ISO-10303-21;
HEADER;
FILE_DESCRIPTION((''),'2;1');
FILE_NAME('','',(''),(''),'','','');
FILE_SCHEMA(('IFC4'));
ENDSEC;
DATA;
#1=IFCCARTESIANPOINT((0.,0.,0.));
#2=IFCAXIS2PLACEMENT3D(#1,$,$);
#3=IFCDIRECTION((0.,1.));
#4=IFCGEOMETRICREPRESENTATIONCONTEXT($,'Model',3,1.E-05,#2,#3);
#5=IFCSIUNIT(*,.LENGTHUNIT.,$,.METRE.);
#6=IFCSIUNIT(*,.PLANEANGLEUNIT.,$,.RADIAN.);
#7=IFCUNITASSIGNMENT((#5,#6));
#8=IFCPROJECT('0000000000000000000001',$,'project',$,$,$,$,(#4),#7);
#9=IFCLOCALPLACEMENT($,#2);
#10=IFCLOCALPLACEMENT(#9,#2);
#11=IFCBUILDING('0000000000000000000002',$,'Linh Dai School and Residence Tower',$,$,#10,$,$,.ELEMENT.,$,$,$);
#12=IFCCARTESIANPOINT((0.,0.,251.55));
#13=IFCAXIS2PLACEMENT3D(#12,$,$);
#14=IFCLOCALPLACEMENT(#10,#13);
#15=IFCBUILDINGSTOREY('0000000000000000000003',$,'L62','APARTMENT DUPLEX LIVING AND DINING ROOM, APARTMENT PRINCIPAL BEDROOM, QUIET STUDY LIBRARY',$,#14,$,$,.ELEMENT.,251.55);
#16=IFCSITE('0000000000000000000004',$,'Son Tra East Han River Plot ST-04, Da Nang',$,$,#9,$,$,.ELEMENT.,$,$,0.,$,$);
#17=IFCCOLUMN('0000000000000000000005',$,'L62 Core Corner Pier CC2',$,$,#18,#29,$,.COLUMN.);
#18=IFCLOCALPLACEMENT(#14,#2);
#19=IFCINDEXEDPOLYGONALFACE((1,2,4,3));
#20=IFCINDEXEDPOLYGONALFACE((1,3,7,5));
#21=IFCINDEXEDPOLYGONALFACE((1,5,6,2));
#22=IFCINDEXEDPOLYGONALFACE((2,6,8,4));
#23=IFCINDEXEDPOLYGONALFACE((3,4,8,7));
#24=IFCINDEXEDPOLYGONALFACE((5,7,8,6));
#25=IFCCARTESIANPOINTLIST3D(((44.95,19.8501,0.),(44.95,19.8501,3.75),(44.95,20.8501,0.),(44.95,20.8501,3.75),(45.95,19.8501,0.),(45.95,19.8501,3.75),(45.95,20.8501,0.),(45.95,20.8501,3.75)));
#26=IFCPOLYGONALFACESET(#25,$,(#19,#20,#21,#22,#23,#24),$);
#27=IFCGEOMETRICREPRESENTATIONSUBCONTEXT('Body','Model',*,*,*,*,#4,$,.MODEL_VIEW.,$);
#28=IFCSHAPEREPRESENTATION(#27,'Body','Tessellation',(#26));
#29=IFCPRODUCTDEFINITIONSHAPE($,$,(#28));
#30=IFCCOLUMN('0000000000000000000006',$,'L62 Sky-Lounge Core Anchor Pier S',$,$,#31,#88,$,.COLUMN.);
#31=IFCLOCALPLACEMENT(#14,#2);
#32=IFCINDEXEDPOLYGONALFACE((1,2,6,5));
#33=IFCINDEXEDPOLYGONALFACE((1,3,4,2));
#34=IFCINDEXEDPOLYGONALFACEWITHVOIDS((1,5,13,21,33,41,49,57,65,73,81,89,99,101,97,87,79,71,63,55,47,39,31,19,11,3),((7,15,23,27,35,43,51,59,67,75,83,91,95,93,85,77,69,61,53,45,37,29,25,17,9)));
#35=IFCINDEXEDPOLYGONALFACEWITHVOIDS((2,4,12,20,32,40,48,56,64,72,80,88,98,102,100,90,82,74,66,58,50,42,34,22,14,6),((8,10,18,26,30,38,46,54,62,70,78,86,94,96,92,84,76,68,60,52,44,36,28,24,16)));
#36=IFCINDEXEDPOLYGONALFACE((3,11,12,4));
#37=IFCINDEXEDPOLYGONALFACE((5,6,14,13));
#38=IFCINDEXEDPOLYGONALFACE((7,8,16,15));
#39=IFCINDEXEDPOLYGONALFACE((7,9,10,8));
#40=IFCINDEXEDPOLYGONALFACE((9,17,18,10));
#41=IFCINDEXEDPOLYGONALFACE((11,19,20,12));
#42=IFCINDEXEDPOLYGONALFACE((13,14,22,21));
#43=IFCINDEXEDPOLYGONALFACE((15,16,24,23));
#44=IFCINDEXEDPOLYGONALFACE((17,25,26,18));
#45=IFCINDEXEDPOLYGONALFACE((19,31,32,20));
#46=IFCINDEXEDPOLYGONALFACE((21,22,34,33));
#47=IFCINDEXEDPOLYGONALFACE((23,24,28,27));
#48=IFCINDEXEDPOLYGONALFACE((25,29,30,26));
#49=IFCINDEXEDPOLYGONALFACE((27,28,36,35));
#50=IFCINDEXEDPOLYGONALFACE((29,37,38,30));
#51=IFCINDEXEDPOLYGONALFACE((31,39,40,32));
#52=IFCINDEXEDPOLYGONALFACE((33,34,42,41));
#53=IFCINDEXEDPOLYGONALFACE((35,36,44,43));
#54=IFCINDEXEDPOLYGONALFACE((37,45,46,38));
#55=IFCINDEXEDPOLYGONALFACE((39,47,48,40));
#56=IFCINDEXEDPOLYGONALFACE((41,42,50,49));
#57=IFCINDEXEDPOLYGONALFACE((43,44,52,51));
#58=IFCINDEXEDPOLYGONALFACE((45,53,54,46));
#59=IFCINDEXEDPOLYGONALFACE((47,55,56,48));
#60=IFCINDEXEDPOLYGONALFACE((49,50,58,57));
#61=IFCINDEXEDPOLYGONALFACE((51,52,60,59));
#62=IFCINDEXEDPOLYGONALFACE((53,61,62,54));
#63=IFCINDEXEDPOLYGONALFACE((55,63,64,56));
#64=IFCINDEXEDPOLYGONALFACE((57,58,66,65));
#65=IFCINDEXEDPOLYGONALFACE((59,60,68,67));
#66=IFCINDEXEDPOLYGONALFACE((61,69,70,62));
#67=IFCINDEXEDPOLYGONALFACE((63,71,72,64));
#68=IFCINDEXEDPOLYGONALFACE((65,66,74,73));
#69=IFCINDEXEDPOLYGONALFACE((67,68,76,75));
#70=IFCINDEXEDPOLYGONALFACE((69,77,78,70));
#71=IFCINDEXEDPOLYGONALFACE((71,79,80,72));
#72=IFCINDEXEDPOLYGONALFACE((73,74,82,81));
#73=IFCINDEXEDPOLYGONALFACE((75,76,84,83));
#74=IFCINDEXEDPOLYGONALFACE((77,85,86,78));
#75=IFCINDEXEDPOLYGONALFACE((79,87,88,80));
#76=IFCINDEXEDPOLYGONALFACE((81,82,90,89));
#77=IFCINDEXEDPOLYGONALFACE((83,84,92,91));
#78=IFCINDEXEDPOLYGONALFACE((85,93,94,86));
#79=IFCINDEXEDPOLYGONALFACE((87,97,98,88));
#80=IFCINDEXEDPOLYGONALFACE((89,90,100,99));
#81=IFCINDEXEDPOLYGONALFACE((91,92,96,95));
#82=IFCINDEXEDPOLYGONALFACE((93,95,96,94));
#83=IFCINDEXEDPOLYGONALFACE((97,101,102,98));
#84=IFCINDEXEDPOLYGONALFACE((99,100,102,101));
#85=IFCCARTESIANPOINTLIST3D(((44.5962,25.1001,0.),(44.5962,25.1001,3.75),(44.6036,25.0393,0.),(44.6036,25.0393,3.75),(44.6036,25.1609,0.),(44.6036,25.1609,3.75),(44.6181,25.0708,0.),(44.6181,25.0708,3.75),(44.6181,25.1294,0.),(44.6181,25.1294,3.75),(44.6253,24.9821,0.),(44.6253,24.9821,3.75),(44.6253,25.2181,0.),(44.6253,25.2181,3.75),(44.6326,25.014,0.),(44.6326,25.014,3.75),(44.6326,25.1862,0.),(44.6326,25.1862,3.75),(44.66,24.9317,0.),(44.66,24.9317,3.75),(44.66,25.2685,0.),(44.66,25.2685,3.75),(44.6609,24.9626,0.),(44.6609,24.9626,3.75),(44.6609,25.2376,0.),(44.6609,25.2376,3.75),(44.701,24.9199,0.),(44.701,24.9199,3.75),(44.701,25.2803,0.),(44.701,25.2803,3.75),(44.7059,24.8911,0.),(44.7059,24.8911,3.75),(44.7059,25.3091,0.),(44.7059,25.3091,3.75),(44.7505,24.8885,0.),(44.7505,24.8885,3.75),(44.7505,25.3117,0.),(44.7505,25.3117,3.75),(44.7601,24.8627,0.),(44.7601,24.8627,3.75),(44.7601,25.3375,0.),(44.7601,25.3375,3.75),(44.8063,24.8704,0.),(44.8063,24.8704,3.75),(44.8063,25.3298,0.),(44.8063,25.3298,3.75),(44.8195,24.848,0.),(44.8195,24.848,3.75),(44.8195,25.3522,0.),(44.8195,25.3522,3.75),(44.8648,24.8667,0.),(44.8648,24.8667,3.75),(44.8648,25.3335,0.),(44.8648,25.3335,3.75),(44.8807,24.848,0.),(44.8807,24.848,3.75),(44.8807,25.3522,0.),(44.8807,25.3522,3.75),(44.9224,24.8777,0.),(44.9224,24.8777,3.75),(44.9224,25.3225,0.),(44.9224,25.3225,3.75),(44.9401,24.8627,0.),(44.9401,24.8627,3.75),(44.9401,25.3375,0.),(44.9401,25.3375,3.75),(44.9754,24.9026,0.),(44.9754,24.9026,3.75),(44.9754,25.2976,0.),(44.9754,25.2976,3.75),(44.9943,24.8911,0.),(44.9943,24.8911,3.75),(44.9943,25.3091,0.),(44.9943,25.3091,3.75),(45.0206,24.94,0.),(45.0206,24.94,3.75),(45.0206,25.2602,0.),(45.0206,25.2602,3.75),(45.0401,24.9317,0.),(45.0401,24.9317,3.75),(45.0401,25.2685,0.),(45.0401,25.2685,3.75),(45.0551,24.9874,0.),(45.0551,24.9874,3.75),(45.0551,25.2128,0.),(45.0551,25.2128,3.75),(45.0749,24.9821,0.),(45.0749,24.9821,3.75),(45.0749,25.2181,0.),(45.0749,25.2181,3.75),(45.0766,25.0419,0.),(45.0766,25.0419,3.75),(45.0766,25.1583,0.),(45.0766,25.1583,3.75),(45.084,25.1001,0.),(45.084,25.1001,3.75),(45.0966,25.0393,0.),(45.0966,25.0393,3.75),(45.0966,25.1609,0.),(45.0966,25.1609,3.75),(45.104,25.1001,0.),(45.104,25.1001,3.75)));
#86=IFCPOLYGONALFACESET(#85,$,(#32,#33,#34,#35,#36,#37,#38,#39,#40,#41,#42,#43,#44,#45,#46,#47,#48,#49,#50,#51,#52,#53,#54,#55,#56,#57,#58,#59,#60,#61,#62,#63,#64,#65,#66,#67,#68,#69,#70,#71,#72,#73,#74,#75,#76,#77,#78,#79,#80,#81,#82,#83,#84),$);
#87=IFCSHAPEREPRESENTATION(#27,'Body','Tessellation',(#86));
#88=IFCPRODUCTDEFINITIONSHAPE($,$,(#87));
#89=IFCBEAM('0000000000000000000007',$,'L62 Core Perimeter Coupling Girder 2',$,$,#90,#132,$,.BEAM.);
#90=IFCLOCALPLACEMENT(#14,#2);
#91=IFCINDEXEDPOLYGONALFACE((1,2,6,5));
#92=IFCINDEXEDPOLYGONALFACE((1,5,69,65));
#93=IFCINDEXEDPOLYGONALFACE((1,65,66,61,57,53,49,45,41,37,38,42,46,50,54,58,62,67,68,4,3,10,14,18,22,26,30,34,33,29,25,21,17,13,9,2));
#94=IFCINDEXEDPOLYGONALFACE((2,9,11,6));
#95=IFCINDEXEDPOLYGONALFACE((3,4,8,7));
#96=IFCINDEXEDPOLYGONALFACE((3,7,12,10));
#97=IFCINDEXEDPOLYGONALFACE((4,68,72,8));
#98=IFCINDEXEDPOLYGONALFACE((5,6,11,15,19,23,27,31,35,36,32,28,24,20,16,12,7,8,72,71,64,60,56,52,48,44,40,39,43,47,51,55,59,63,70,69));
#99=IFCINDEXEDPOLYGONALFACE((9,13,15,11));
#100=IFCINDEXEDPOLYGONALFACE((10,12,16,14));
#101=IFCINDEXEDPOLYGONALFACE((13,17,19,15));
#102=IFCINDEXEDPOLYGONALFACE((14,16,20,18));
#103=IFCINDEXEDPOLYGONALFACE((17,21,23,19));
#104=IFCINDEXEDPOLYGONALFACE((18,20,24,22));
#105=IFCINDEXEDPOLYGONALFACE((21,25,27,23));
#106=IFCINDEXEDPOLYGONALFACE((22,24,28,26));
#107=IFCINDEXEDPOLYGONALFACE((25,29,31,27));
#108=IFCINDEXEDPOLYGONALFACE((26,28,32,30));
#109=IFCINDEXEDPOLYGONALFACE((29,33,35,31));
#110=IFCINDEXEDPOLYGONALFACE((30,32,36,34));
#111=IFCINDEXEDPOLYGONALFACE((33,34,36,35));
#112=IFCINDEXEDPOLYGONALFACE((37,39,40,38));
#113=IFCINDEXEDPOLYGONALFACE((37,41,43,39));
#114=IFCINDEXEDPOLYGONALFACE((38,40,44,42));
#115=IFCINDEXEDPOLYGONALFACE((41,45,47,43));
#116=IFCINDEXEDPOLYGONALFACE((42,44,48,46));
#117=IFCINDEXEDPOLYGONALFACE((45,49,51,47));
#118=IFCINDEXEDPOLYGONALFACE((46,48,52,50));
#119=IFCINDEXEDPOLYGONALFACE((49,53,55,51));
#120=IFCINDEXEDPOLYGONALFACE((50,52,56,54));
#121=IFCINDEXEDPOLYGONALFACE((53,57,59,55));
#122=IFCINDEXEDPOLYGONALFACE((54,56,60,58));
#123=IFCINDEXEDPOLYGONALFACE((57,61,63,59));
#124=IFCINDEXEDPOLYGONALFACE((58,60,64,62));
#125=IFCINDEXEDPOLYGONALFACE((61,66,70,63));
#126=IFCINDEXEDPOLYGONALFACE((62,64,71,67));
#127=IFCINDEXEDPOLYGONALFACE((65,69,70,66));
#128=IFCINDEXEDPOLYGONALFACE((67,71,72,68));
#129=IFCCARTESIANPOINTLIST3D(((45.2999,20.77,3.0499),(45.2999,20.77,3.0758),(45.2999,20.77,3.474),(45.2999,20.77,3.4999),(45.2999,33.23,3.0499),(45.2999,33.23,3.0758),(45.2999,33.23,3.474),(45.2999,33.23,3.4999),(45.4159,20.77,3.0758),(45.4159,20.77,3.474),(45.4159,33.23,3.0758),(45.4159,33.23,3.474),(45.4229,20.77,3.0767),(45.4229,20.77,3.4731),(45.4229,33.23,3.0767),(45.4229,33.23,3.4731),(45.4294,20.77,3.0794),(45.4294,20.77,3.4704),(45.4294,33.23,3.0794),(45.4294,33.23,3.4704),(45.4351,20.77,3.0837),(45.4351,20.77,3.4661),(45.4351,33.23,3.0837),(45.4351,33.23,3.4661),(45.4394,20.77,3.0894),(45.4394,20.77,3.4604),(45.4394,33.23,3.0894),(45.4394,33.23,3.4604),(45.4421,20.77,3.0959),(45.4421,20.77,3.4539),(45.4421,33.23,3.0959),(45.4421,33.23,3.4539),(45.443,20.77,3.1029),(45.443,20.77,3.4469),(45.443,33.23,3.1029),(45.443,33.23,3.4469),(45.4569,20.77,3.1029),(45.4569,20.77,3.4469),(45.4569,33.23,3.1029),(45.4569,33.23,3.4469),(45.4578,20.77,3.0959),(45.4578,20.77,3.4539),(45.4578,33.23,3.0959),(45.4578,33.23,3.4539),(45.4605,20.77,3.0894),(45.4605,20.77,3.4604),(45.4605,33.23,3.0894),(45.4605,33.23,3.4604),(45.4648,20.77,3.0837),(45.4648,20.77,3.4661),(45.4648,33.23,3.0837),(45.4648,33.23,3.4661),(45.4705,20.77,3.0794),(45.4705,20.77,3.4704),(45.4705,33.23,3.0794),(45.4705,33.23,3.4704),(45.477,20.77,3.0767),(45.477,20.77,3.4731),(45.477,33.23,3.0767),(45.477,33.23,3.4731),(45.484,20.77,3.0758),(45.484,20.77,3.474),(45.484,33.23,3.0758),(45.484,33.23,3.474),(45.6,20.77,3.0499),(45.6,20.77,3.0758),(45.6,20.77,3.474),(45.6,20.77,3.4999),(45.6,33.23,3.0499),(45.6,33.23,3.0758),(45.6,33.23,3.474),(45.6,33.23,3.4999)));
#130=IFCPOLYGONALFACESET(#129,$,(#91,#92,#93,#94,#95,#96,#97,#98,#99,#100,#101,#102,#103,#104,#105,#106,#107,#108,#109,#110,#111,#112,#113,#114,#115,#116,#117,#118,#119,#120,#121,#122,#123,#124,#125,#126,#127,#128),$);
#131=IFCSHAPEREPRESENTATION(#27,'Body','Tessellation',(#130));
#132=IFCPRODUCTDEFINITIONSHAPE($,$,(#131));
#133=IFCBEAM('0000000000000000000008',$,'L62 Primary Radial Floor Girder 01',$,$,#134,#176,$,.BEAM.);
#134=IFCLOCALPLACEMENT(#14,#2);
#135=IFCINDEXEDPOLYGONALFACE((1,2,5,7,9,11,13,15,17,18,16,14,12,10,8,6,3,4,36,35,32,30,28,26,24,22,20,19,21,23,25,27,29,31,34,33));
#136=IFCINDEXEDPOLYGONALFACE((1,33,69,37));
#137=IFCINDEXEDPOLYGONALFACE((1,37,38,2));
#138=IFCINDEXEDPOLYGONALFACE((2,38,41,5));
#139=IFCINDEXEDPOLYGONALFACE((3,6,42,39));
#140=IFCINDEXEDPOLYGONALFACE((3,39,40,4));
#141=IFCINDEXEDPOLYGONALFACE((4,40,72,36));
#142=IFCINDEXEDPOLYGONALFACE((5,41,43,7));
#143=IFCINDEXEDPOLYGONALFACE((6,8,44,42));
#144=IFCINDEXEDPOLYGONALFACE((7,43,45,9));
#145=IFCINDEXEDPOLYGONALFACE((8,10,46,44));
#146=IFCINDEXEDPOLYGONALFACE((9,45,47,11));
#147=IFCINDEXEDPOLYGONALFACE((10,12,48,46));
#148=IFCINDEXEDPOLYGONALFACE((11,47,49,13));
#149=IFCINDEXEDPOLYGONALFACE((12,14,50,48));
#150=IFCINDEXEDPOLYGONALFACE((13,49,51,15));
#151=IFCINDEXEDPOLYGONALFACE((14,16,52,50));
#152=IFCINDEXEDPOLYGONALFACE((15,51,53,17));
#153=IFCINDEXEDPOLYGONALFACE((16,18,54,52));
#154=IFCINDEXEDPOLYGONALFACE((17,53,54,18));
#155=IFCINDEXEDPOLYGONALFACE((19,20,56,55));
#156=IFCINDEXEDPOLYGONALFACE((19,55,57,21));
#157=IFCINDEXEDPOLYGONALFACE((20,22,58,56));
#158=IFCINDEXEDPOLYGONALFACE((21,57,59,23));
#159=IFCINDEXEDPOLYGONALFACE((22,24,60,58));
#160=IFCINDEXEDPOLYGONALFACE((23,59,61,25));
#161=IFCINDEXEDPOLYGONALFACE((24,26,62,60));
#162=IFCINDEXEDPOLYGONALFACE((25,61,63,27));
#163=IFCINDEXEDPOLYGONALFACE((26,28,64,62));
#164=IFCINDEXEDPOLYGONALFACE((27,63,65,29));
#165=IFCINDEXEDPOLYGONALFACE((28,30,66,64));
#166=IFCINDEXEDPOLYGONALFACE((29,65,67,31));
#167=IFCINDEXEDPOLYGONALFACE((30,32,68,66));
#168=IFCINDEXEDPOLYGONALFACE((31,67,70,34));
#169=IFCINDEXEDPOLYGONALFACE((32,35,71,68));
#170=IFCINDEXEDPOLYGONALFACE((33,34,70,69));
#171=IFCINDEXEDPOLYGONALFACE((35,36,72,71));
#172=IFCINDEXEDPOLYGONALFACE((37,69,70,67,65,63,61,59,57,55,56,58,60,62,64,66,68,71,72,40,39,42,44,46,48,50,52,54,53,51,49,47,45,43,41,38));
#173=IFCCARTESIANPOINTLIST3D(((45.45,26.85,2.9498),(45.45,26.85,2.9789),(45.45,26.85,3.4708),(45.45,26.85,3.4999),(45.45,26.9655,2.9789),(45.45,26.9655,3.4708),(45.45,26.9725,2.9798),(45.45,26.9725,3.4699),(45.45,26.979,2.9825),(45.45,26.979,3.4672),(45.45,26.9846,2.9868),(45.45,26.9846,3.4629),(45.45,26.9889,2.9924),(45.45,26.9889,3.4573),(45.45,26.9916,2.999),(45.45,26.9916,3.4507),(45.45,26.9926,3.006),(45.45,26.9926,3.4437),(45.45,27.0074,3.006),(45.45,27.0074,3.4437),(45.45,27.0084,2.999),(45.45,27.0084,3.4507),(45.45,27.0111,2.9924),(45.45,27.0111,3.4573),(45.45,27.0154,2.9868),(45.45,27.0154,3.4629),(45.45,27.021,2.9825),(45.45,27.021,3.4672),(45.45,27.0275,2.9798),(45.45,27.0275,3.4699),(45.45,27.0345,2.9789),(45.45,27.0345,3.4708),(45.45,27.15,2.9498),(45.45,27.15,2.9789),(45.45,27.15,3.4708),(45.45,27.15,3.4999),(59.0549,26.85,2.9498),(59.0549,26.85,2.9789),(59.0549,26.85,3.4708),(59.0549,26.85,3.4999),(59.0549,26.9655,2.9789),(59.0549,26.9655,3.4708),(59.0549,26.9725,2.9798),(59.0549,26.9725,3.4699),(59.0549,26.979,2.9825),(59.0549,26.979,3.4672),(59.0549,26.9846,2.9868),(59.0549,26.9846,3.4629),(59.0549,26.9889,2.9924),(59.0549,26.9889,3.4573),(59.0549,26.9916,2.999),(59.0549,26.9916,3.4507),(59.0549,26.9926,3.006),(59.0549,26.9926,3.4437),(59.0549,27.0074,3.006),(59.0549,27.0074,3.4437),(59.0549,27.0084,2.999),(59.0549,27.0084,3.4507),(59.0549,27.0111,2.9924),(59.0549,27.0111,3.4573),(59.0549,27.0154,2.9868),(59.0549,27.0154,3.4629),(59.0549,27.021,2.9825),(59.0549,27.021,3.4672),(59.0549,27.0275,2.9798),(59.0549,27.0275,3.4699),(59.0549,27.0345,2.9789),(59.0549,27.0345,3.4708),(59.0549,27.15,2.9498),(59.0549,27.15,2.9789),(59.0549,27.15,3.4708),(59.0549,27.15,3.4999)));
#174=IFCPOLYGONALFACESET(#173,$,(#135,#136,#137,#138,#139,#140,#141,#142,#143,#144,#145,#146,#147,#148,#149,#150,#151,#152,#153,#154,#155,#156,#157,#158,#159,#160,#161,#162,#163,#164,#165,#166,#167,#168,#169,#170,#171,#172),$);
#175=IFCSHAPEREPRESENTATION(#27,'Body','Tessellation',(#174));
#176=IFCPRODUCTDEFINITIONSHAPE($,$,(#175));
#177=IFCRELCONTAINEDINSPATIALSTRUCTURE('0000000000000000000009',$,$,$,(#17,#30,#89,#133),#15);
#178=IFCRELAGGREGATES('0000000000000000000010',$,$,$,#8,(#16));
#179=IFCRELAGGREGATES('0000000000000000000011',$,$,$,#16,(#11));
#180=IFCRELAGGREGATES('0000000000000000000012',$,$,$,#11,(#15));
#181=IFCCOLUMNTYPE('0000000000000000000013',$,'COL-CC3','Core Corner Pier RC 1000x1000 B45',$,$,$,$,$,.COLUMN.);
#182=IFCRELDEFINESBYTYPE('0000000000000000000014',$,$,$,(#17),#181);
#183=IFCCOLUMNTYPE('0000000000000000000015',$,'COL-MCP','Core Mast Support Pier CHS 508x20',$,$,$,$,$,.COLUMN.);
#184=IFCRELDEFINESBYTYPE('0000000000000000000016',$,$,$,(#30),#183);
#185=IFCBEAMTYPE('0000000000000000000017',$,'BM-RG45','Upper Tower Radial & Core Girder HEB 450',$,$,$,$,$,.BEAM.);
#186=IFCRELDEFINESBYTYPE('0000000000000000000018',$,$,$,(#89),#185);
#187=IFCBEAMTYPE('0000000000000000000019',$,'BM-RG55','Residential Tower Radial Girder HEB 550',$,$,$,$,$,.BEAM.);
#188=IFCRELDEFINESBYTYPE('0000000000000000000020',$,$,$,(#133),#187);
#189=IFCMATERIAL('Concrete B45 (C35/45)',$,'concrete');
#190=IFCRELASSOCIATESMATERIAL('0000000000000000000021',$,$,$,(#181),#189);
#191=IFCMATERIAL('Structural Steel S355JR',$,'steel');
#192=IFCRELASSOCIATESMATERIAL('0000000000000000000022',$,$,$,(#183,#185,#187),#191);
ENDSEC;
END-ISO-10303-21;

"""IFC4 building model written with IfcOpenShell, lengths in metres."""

from ifc_helpers import new_model, si_unit, direction, frame, origin, origin_2d, place, context, subcontext, project, spatial, rectangle, hollow_circle, i_section, extrude, material, material_profile, profile_set, type_object, element, save


model = new_model("IFC4")

# Units and contexts
model_context = context("Model", 3, precision=1e-05, world=origin(), true_north=direction((0.0, 1.0)))
body_context = subcontext(model_context, "Body", "Model", "MODEL_VIEW")
ifc_project = project(units=[si_unit("LENGTHUNIT", "METRE"), si_unit("PLANEANGLEUNIT", "RADIAN")], contexts=[model_context])

# Site, building, storey
site_placement = place(None, origin())
site = spatial("IfcSite", under=ifc_project, at=site_placement, Name="Son Tra East Han River Plot ST-04, Da Nang", CompositionType="ELEMENT", RefElevation=0.0)
building_placement = place(site_placement, origin())
building = spatial("IfcBuilding", under=site, at=building_placement, Name="Linh Dai School and Residence Tower", CompositionType="ELEMENT")
storey_placement = place(building_placement, frame((0.0, 0.0, 251.55)))
storey = spatial("IfcBuildingStorey", under=building, at=storey_placement, Name="L62", Description="APARTMENT DUPLEX LIVING AND DINING ROOM, APARTMENT PRINCIPAL BEDROOM, QUIET STUDY LIBRARY", CompositionType="ELEMENT", Elevation=251.55)

# Columns
ifc_material_1 = material(Name="Concrete B45 (C35/45)", Category="concrete")
ifc_material_profile_1 = material_profile(ifc_material_1, rectangle(XDim=1.0, YDim=1.0, at=origin_2d()), Name="RC 1000x1000")
ifc_profile_set_1 = profile_set([ifc_material_profile_1], Name="Concrete B45 (C35/45)")
column_type_1 = type_object("IfcColumnType", Name="COL-CC3", Description="Core Corner Pier RC 1000x1000 B45", PredefinedType="COLUMN", material=ifc_profile_set_1)
column_1_placement = place(storey_placement, frame((45.45, 20.3501, 0.0), z_axis=(0.0, 0.0, 1.0), x_axis=(1.0, 0.0, 0.0)))
element("IfcColumn", 1, at=column_1_placement, inside=storey, type_object=column_type_1, Name="L62 Core Corner Pier CC2", PredefinedType="COLUMN", context=body_context, shape_type="SweptSolid", body=[
    extrude(rectangle(XDim=1.0, YDim=1.0, at=origin_2d()), origin(), (0.0, 0.0, 1.0), 3.75),
])
ifc_material_2 = material(Name="Structural Steel S355JR", Category="steel")
ifc_material_profile_2 = material_profile(ifc_material_2, hollow_circle(Radius=0.2539, WallThickness=0.02, at=origin_2d()), Name="CHS 508x20")
ifc_profile_set_2 = profile_set([ifc_material_profile_2], Name="Structural Steel S355JR")
column_type_2 = type_object("IfcColumnType", Name="COL-MCP", Description="Core Mast Support Pier CHS 508x20", PredefinedType="COLUMN", material=ifc_profile_set_2)
column_2_placement = place(storey_placement, frame((44.8501, 25.1001, 0.0), z_axis=(0.0, 0.0, 1.0), x_axis=(1.0, 0.0, 0.0)))
element("IfcColumn", 2, at=column_2_placement, inside=storey, type_object=column_type_2, Name="L62 Sky-Lounge Core Anchor Pier S", PredefinedType="COLUMN", context=body_context, shape_type="SweptSolid", body=[
    extrude(hollow_circle(Radius=0.2539, WallThickness=0.02, at=origin_2d()), origin(), (0.0, 0.0, 1.0), 3.75),
])

# Beams
ifc_material_profile_3 = material_profile(ifc_material_2, i_section(OverallWidth=0.3, OverallDepth=0.45, WebThickness=0.0139, FlangeThickness=0.0259, FilletRadius=0.0271, at=origin_2d()), Name="HEB 450")
ifc_profile_set_3 = profile_set([ifc_material_profile_3], Name="Structural Steel S355JR")
beam_type_1 = type_object("IfcBeamType", Name="BM-RG45", Description="Upper Tower Radial & Core Girder HEB 450", PredefinedType="BEAM", material=ifc_profile_set_3)
beam_1_placement = place(storey_placement, frame((45.45, 20.77, 3.2749), z_axis=(0.0, 1.0, 0.0), x_axis=(-1.0, 0.0, 0.0)))
element("IfcBeam", 3, at=beam_1_placement, inside=storey, type_object=beam_type_1, Name="L62 Core Perimeter Coupling Girder 2", PredefinedType="BEAM", context=body_context, shape_type="SweptSolid", body=[
    extrude(i_section(OverallWidth=0.3, OverallDepth=0.45, WebThickness=0.0139, FlangeThickness=0.0259, FilletRadius=0.0271, at=origin_2d()), origin(), (0.0, 0.0, 1.0), 12.46),
])
ifc_material_profile_4 = material_profile(ifc_material_2, i_section(OverallWidth=0.3, OverallDepth=0.55, WebThickness=0.0149, FlangeThickness=0.0291, FilletRadius=0.0271, at=origin_2d()), Name="HEB 550")
ifc_profile_set_4 = profile_set([ifc_material_profile_4], Name="Structural Steel S355JR")
beam_type_2 = type_object("IfcBeamType", Name="BM-RG55", Description="Residential Tower Radial Girder HEB 550", PredefinedType="BEAM", material=ifc_profile_set_4)
beam_2_placement = place(storey_placement, frame((45.45, 27.0, 3.2249), z_axis=(1.0, 0.0, 0.0), x_axis=(0.0, 1.0, 0.0)))
element("IfcBeam", 4, at=beam_2_placement, inside=storey, type_object=beam_type_2, Name="L62 Primary Radial Floor Girder 01", PredefinedType="BEAM", context=body_context, shape_type="SweptSolid", body=[
    extrude(i_section(OverallWidth=0.3, OverallDepth=0.55, WebThickness=0.0149, FlangeThickness=0.0291, FilletRadius=0.0271, at=origin_2d()), origin(), (0.0, 0.0, 1.0), 13.605),
])

save(model, "model.ifc")
